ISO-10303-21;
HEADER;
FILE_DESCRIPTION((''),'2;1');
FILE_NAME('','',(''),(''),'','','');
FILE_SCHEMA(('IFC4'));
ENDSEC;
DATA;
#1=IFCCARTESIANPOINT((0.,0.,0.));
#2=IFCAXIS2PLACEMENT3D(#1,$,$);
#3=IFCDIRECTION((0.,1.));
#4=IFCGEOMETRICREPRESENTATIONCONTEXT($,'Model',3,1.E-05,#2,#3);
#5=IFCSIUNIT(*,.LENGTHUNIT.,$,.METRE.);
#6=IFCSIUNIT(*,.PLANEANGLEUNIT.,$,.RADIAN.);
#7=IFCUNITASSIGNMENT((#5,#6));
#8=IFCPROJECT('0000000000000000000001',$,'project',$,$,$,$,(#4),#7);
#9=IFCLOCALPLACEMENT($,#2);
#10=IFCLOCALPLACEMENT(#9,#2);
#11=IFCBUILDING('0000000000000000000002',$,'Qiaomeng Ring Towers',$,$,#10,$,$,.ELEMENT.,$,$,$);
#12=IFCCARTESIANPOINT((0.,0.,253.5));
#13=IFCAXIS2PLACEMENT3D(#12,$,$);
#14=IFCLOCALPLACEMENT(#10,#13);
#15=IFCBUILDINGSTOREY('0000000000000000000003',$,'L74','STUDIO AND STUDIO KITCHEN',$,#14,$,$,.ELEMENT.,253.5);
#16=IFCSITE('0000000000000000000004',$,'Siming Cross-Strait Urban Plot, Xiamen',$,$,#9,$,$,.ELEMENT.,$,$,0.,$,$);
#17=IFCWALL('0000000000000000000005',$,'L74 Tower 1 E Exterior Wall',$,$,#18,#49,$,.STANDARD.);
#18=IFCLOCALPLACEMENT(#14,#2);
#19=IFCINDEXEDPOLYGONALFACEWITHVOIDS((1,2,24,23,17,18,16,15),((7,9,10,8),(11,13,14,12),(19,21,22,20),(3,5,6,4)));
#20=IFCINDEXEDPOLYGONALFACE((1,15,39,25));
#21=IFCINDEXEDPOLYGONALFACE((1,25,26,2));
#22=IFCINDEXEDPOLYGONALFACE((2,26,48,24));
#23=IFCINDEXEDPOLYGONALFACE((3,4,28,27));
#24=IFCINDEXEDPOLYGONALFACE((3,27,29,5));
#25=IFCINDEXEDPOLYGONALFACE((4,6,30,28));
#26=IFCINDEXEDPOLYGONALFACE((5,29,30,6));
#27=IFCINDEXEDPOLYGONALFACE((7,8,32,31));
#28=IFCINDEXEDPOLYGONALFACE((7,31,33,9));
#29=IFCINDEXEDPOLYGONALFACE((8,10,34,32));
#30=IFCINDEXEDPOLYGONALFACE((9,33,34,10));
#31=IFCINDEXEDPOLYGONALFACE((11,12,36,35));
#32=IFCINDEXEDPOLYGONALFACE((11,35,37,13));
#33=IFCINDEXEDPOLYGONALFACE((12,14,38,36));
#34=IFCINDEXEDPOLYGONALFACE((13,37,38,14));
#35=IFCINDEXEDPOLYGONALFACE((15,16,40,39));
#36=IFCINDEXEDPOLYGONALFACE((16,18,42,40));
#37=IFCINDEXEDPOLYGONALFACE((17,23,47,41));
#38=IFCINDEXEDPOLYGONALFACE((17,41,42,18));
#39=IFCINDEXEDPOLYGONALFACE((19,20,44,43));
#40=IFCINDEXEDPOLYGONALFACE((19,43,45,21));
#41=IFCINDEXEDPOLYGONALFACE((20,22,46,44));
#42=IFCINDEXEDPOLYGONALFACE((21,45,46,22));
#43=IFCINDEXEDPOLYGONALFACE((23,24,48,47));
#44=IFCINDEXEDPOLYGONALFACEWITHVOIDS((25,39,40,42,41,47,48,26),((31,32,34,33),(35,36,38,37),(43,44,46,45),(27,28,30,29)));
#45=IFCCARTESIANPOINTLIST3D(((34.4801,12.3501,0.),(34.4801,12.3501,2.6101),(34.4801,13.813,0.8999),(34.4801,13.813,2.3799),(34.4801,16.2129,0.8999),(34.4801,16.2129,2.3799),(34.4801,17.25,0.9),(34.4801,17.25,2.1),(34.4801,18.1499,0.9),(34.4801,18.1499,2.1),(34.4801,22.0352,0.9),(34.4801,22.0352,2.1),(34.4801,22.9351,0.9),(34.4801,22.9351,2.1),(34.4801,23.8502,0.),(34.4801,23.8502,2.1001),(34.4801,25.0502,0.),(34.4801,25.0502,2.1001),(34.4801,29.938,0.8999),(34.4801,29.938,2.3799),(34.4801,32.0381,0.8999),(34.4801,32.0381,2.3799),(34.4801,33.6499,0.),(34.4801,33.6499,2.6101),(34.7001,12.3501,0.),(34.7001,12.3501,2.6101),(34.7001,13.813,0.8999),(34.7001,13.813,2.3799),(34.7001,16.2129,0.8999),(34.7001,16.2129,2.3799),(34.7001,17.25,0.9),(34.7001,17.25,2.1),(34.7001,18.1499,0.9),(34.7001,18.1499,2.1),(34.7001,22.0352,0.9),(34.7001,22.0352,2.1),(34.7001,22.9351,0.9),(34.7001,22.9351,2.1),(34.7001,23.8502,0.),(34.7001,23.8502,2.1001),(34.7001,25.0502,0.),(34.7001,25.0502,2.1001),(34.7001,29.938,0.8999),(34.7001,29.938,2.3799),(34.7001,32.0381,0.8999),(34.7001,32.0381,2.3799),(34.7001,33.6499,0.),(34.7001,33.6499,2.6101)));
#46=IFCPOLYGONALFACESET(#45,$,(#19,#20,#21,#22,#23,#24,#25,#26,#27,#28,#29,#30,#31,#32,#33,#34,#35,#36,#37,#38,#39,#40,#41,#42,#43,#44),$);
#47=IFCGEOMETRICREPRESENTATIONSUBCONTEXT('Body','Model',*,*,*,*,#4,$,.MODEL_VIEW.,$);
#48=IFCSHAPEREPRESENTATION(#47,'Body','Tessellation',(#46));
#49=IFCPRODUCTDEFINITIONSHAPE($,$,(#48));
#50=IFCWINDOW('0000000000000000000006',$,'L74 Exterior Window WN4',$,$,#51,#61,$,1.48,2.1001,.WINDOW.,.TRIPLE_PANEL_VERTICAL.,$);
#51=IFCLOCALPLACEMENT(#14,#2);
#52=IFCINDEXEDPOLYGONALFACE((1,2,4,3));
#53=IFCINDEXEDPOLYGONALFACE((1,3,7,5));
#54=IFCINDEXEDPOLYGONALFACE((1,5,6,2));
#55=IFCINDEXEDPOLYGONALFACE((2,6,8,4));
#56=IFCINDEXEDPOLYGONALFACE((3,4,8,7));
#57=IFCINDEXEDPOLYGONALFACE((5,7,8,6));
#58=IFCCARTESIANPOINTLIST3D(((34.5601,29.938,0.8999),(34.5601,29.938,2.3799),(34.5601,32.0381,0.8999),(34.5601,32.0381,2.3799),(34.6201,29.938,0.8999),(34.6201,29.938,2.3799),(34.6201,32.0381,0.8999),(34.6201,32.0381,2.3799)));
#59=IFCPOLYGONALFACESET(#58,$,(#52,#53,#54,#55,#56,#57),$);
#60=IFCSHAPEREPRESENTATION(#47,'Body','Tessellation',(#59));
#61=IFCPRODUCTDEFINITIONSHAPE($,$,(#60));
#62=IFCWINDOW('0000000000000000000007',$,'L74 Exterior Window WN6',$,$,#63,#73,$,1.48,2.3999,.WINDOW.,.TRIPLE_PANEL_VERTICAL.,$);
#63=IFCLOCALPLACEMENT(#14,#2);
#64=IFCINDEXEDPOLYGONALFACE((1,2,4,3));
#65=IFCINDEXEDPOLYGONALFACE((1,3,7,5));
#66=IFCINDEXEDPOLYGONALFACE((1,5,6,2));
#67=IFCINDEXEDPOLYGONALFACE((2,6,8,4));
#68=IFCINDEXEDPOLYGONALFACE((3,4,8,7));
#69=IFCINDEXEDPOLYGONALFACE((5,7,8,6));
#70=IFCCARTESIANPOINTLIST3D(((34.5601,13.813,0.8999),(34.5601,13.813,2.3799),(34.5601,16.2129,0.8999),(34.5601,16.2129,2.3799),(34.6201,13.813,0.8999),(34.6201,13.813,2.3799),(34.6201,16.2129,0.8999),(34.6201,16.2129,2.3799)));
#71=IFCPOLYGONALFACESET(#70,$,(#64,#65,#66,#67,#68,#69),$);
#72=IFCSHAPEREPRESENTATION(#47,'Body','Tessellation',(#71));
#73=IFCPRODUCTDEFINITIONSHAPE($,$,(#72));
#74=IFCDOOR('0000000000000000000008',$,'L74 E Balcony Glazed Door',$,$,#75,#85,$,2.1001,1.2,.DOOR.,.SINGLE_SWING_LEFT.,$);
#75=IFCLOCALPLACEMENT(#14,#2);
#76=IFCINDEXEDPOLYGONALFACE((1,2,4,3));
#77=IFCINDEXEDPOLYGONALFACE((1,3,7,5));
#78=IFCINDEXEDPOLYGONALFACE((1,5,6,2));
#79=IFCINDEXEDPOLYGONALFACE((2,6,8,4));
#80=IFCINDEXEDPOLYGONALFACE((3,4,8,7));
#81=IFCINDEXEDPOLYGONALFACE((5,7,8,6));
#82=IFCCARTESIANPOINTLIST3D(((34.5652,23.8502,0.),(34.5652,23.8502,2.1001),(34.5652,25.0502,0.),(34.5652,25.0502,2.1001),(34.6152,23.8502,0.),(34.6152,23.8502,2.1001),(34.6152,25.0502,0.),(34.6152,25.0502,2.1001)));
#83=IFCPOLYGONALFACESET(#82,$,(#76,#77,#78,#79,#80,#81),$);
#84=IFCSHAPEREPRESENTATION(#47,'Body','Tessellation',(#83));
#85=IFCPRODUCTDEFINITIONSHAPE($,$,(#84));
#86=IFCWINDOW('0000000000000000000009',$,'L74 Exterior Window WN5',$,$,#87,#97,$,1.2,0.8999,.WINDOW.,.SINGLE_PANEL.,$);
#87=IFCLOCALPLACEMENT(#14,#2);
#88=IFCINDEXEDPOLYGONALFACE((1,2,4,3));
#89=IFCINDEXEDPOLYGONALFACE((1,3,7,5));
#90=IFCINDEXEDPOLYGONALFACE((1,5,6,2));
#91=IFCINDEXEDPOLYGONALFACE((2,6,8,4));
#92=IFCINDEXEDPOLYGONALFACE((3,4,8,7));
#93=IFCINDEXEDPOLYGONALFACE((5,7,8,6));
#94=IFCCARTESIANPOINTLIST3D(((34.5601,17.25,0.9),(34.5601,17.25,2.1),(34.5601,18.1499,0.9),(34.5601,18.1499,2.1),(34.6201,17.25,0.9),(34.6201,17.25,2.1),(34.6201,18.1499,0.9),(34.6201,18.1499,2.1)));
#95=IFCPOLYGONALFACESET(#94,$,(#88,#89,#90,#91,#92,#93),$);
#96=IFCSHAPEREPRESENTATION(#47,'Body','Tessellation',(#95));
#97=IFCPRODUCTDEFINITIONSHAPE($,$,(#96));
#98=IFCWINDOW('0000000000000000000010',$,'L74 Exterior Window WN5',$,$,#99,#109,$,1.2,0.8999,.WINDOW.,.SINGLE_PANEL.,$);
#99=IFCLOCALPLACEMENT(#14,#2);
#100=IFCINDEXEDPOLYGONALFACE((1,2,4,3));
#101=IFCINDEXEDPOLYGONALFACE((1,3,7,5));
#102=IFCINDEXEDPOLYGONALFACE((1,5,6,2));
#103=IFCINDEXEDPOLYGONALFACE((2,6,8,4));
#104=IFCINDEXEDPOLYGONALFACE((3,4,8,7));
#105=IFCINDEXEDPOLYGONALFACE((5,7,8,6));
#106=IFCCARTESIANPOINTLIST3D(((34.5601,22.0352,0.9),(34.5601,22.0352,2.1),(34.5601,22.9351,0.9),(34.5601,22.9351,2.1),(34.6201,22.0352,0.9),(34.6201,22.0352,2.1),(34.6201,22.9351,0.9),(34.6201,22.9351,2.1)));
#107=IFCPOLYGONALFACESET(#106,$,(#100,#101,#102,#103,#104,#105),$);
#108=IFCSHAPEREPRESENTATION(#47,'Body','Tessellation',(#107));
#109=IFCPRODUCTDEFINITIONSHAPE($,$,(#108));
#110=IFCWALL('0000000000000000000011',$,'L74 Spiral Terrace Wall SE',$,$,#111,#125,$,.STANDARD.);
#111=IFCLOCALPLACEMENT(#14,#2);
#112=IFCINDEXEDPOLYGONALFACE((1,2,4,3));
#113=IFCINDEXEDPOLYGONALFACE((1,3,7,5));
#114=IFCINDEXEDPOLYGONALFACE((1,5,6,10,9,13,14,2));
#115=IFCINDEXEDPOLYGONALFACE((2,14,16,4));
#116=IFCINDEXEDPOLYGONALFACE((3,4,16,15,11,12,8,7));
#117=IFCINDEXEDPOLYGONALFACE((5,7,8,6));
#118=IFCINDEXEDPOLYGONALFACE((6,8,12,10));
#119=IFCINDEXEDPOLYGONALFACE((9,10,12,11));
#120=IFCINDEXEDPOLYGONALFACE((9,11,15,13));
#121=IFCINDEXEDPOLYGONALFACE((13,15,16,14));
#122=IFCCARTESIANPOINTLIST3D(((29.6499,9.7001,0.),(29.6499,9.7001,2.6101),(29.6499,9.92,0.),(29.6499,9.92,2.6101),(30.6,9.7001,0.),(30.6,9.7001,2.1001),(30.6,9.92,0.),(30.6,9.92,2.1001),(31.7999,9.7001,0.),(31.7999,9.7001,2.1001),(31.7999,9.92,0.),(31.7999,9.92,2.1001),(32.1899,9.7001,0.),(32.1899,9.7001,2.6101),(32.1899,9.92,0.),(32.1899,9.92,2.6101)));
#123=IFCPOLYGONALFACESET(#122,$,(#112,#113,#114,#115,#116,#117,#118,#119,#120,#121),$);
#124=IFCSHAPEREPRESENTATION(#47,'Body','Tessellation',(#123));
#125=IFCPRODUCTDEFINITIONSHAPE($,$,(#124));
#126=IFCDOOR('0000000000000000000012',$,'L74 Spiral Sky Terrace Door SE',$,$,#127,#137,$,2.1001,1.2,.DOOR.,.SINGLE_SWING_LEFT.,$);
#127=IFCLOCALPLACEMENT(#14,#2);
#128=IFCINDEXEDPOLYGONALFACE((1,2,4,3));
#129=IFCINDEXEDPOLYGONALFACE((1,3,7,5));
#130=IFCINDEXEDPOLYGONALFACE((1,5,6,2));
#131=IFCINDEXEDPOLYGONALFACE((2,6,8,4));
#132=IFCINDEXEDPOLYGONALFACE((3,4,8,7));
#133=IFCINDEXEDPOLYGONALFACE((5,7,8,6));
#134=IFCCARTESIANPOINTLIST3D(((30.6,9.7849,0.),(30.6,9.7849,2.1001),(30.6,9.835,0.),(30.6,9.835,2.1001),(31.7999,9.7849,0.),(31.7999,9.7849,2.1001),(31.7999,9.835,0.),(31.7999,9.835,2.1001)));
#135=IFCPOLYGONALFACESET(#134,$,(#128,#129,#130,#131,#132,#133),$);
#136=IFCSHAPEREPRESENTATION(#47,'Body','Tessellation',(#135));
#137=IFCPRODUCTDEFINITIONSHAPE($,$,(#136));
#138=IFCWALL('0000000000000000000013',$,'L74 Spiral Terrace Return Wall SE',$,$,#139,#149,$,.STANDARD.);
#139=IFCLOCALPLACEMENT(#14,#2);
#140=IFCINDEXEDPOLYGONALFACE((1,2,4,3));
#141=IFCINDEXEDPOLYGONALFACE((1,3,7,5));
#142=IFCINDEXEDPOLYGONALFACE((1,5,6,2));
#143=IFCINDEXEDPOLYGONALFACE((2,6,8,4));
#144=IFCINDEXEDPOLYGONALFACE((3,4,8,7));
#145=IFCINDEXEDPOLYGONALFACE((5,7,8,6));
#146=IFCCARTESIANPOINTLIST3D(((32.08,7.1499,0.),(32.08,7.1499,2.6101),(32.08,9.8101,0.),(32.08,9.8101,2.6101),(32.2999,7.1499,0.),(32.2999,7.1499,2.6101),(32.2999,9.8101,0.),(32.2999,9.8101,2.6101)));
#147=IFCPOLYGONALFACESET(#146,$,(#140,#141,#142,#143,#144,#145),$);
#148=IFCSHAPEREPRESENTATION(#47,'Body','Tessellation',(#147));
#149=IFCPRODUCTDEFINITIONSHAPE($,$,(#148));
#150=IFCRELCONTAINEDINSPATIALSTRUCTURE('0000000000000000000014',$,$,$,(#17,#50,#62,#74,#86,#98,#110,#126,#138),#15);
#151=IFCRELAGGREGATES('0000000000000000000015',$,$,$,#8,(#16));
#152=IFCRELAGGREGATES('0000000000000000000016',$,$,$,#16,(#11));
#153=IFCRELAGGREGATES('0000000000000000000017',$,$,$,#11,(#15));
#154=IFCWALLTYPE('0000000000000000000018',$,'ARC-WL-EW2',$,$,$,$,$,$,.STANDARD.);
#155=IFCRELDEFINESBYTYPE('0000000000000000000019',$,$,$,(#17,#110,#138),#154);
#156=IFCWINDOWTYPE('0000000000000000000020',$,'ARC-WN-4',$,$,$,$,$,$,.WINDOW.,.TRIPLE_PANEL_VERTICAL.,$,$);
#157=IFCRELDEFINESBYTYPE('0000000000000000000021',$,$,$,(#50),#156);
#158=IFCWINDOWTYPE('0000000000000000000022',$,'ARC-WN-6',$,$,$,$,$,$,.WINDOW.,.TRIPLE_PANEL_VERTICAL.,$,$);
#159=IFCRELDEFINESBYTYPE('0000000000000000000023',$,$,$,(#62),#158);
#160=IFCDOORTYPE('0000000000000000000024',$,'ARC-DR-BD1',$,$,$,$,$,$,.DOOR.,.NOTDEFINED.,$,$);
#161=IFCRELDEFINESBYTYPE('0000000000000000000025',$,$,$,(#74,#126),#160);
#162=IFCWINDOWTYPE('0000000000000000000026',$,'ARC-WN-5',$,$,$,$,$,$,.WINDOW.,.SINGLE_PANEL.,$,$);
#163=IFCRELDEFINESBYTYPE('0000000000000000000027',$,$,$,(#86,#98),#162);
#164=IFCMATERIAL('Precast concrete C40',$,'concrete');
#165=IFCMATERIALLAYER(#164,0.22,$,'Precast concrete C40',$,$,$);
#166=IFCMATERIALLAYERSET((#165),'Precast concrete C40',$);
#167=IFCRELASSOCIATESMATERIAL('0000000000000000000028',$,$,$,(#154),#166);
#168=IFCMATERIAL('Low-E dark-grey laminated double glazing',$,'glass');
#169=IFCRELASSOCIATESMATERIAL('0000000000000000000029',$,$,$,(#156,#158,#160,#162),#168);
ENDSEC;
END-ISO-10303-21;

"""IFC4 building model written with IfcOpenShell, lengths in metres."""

from ifc_helpers import new_model, si_unit, direction, frame, frame_2d, origin, place, context, subcontext, project, spatial, rectangle, extrude, source, transform, mapped, material, layer, layer_set, type_object, element, fill, save


model = new_model("IFC4")

# Units and contexts
model_context = context("Model", 3, precision=1e-05, world=origin(), true_north=direction((0.0, 1.0)))
body_context = subcontext(model_context, "Body", "Model", "MODEL_VIEW")
ifc_project = project(units=[si_unit("LENGTHUNIT", "METRE"), si_unit("PLANEANGLEUNIT", "RADIAN")], contexts=[model_context])

# Site, building, storey
site_placement = place(None, origin())
site = spatial("IfcSite", under=ifc_project, at=site_placement, Name="Siming Cross-Strait Urban Plot, Xiamen", CompositionType="ELEMENT", RefElevation=0.0)
building_placement = place(site_placement, origin())
building = spatial("IfcBuilding", under=site, at=building_placement, Name="Qiaomeng Ring Towers", CompositionType="ELEMENT")
storey_placement = place(building_placement, frame((0.0, 0.0, 253.5)))
storey = spatial("IfcBuildingStorey", under=building, at=storey_placement, Name="L74", Description="STUDIO AND STUDIO KITCHEN", CompositionType="ELEMENT", Elevation=253.5)

# Wall, openings, windows, door
ifc_material_1 = material(Name="Precast concrete C40", Category="concrete")
ifc_layer_1 = layer(ifc_material_1, 0.22, Name="Precast concrete C40")
ifc_layer_set_1 = layer_set([ifc_layer_1], Name="Precast concrete C40")
wall_type_1 = type_object("IfcWallType", Name="ARC-WL-EW2", PredefinedType="STANDARD", material=ifc_layer_set_1)
wall_1_placement = place(storey_placement, frame((34.5901, 12.3501, 0.0), z_axis=(0.0, 0.0, 1.0), x_axis=(0.0, 1.0, 0.0)))
wall_1 = element("IfcWall", 1, at=wall_1_placement, inside=storey, type_object=wall_type_1, Name="L74 Tower 1 E Exterior Wall", PredefinedType="STANDARD", context=body_context, shape_type="SweptSolid", body=[
    extrude(rectangle(XDim=21.2998, YDim=0.22, at=frame_2d((10.6499, 0.0))), origin(), (0.0, 0.0, 1.0), 2.6101),
])
opening_1_placement = place(wall_1_placement, frame((11.5, 0.0, 0.0)))
opening_1 = element("IfcOpeningElement", 2, at=opening_1_placement, cuts=wall_1, PredefinedType="OPENING", context=body_context, shape_type="SweptSolid", body=[
    extrude(rectangle(XDim=1.2, YDim=2.1001, at=frame_2d((0.6001, 1.05))), frame((0.0, 0.1199, 0.0), z_axis=(0.0, -1.0, 0.0), x_axis=(1.0, 0.0, 0.0)), (0.0, 0.0, 1.0), 0.24),
])
opening_2_placement = place(wall_1_placement, frame((1.4629, 0.0, 0.8999)))
opening_2 = element("IfcOpeningElement", 3, at=opening_2_placement, cuts=wall_1, PredefinedType="OPENING", context=body_context, shape_type="SweptSolid", body=[
    extrude(rectangle(XDim=2.3999, YDim=1.48, at=frame_2d((1.2, 0.74))), frame((0.0, 0.1199, 0.0), z_axis=(0.0, -1.0, 0.0), x_axis=(1.0, 0.0, 0.0)), (0.0, 0.0, 1.0), 0.24),
])
opening_3_placement = place(wall_1_placement, frame((17.5879, 0.0, 0.8999)))
opening_3 = element("IfcOpeningElement", 4, at=opening_3_placement, cuts=wall_1, PredefinedType="OPENING", context=body_context, shape_type="SweptSolid", body=[
    extrude(rectangle(XDim=2.1001, YDim=1.48, at=frame_2d((1.05, 0.74))), frame((0.0, 0.1199, 0.0), z_axis=(0.0, -1.0, 0.0), x_axis=(1.0, 0.0, 0.0)), (0.0, 0.0, 1.0), 0.24),
])
opening_4_placement = place(wall_1_placement, frame((4.8999, 0.0, 0.8999)))
opening_4 = element("IfcOpeningElement", 5, at=opening_4_placement, cuts=wall_1, PredefinedType="OPENING", context=body_context, shape_type="SweptSolid", body=[
    extrude(rectangle(XDim=0.8999, YDim=1.2, at=frame_2d((0.45, 0.6001))), frame((0.0, 0.1199, 0.0), z_axis=(0.0, -1.0, 0.0), x_axis=(1.0, 0.0, 0.0)), (0.0, 0.0, 1.0), 0.24),
])
opening_5_placement = place(wall_1_placement, frame((9.6851, 0.0, 0.8999)))
opening_5 = element("IfcOpeningElement", 6, at=opening_5_placement, cuts=wall_1, PredefinedType="OPENING", context=body_context, shape_type="SweptSolid", body=[
    extrude(rectangle(XDim=0.8999, YDim=1.2, at=frame_2d((0.45, 0.6001))), frame((0.0, 0.1199, 0.0), z_axis=(0.0, -1.0, 0.0), x_axis=(1.0, 0.0, 0.0)), (0.0, 0.0, 1.0), 0.24),
])
ifc_material_2 = material(Name="Low-E dark-grey laminated double glazing", Category="glass")
window_type_1 = type_object("IfcWindowType", Name="ARC-WN-4", PartitioningType="TRIPLE_PANEL_VERTICAL", PredefinedType="WINDOW", material=ifc_material_2)
shared_shape_1 = source(origin(), body_context, "Body", "SweptSolid", [
    extrude(rectangle(XDim=2.1001, YDim=1.48, at=frame_2d((1.05, 0.74))), frame((0.0, 0.03, 0.0), z_axis=(0.0, -1.0, 0.0), x_axis=(1.0, 0.0, 0.0)), (0.0, 0.0, 1.0), 0.0601),
])
window_1_placement = place(opening_3_placement, origin())
window_1 = element("IfcWindow", 7, at=window_1_placement, inside=storey, type_object=window_type_1, Name="L74 Exterior Window WN4", OverallHeight=1.48, OverallWidth=2.1001, PartitioningType="TRIPLE_PANEL_VERTICAL", PredefinedType="WINDOW", context=body_context, shape_type="MappedRepresentation", body=[
    mapped(shared_shape_1, transform((0.0, 0.0, 0.0), x_axis=(1.0, 0.0, 0.0), y_axis=(0.0, 1.0, 0.0), z_axis=(0.0, 0.0, 1.0), scale=1.0)),
])
fill(opening_3, window_1)
window_type_2 = type_object("IfcWindowType", Name="ARC-WN-6", PartitioningType="TRIPLE_PANEL_VERTICAL", PredefinedType="WINDOW", material=ifc_material_2)
shared_shape_2 = source(origin(), body_context, "Body", "SweptSolid", [
    extrude(rectangle(XDim=2.3999, YDim=1.48, at=frame_2d((1.2, 0.74))), frame((0.0, 0.03, 0.0), z_axis=(0.0, -1.0, 0.0), x_axis=(1.0, 0.0, 0.0)), (0.0, 0.0, 1.0), 0.0601),
])
window_2_placement = place(opening_2_placement, origin())
window_2 = element("IfcWindow", 8, at=window_2_placement, inside=storey, type_object=window_type_2, Name="L74 Exterior Window WN6", OverallHeight=1.48, OverallWidth=2.3999, PartitioningType="TRIPLE_PANEL_VERTICAL", PredefinedType="WINDOW", context=body_context, shape_type="MappedRepresentation", body=[
    mapped(shared_shape_2, transform((0.0, 0.0, 0.0), x_axis=(1.0, 0.0, 0.0), y_axis=(0.0, 1.0, 0.0), z_axis=(0.0, 0.0, 1.0), scale=1.0)),
])
fill(opening_2, window_2)
door_type_1 = type_object("IfcDoorType", Name="ARC-DR-BD1", OperationType="NOTDEFINED", PredefinedType="DOOR", material=ifc_material_2)
shared_shape_3 = source(origin(), body_context, "Body", "SweptSolid", [
    extrude(rectangle(XDim=1.2, YDim=2.1001, at=frame_2d((0.6001, 1.05))), frame((0.0, 0.0249, 0.0), z_axis=(0.0, -1.0, 0.0), x_axis=(1.0, 0.0, 0.0)), (0.0, 0.0, 1.0), 0.05),
])
door_1_placement = place(opening_1_placement, origin())
door_1 = element("IfcDoor", 9, at=door_1_placement, inside=storey, type_object=door_type_1, Name="L74 E Balcony Glazed Door", OperationType="SINGLE_SWING_LEFT", OverallHeight=2.1001, OverallWidth=1.2, PredefinedType="DOOR", context=body_context, shape_type="MappedRepresentation", body=[
    mapped(shared_shape_3, transform((0.0, 0.0, 0.0), x_axis=(1.0, 0.0, 0.0), y_axis=(0.0, 1.0, 0.0), z_axis=(0.0, 0.0, 1.0), scale=1.0)),
])
fill(opening_1, door_1)
window_type_3 = type_object("IfcWindowType", Name="ARC-WN-5", PartitioningType="SINGLE_PANEL", PredefinedType="WINDOW", material=ifc_material_2)
shared_shape_4 = source(origin(), body_context, "Body", "SweptSolid", [
    extrude(rectangle(XDim=0.8999, YDim=1.2, at=frame_2d((0.45, 0.6001))), frame((0.0, 0.03, 0.0), z_axis=(0.0, -1.0, 0.0), x_axis=(1.0, 0.0, 0.0)), (0.0, 0.0, 1.0), 0.0601),
])
window_3_placement = place(opening_4_placement, origin())
window_3 = element("IfcWindow", 10, at=window_3_placement, inside=storey, type_object=window_type_3, Name="L74 Exterior Window WN5", OverallHeight=1.2, OverallWidth=0.8999, PartitioningType="SINGLE_PANEL", PredefinedType="WINDOW", context=body_context, shape_type="MappedRepresentation", body=[
    mapped(shared_shape_4, transform((0.0, 0.0, 0.0), x_axis=(1.0, 0.0, 0.0), y_axis=(0.0, 1.0, 0.0), z_axis=(0.0, 0.0, 1.0), scale=1.0)),
])
fill(opening_4, window_3)
window_4_placement = place(opening_5_placement, origin())
window_4 = element("IfcWindow", 11, at=window_4_placement, inside=storey, type_object=window_type_3, Name="L74 Exterior Window WN5", OverallHeight=1.2, OverallWidth=0.8999, PartitioningType="SINGLE_PANEL", PredefinedType="WINDOW", context=body_context, shape_type="MappedRepresentation", body=[
    mapped(shared_shape_4, transform((0.0, 0.0, 0.0), x_axis=(1.0, 0.0, 0.0), y_axis=(0.0, 1.0, 0.0), z_axis=(0.0, 0.0, 1.0), scale=1.0)),
])
fill(opening_5, window_4)

# Wall, opening, door
wall_2_placement = place(storey_placement, frame((29.6499, 9.8101, 0.0), z_axis=(0.0, 0.0, 1.0), x_axis=(1.0, 0.0, 0.0)))
wall_2 = element("IfcWall", 12, at=wall_2_placement, inside=storey, type_object=wall_type_1, Name="L74 Spiral Terrace Wall SE", PredefinedType="STANDARD", context=body_context, shape_type="SweptSolid", body=[
    extrude(rectangle(XDim=2.54, YDim=0.22, at=frame_2d((1.27, 0.0))), origin(), (0.0, 0.0, 1.0), 2.6101),
])
opening_6_placement = place(wall_2_placement, frame((0.95, 0.0, 0.0)))
opening_6 = element("IfcOpeningElement", 13, at=opening_6_placement, cuts=wall_2, PredefinedType="OPENING", context=body_context, shape_type="SweptSolid", body=[
    extrude(rectangle(XDim=1.2, YDim=2.1001, at=frame_2d((0.6001, 1.05))), frame((0.0, 0.1199, 0.0), z_axis=(0.0, -1.0, 0.0), x_axis=(1.0, 0.0, 0.0)), (0.0, 0.0, 1.0), 0.24),
])
door_2_placement = place(opening_6_placement, origin())
door_2 = element("IfcDoor", 14, at=door_2_placement, inside=storey, type_object=door_type_1, Name="L74 Spiral Sky Terrace Door SE", OperationType="SINGLE_SWING_LEFT", OverallHeight=2.1001, OverallWidth=1.2, PredefinedType="DOOR", context=body_context, shape_type="MappedRepresentation", body=[
    mapped(shared_shape_3, transform((0.0, 0.0, 0.0), x_axis=(1.0, 0.0, 0.0), y_axis=(0.0, 1.0, 0.0), z_axis=(0.0, 0.0, 1.0), scale=1.0)),
])
fill(opening_6, door_2)

# Wall
wall_3_placement = place(storey_placement, frame((32.1899, 7.1499, 0.0), z_axis=(0.0, 0.0, 1.0), x_axis=(0.0, 1.0, 0.0)))
element("IfcWall", 15, at=wall_3_placement, inside=storey, type_object=wall_type_1, Name="L74 Spiral Terrace Return Wall SE", PredefinedType="STANDARD", context=body_context, shape_type="SweptSolid", body=[
    extrude(rectangle(XDim=2.6602, YDim=0.22, at=frame_2d((1.3301, 0.0))), origin(), (0.0, 0.0, 1.0), 2.6101),
])

save(model, "model.ifc")
